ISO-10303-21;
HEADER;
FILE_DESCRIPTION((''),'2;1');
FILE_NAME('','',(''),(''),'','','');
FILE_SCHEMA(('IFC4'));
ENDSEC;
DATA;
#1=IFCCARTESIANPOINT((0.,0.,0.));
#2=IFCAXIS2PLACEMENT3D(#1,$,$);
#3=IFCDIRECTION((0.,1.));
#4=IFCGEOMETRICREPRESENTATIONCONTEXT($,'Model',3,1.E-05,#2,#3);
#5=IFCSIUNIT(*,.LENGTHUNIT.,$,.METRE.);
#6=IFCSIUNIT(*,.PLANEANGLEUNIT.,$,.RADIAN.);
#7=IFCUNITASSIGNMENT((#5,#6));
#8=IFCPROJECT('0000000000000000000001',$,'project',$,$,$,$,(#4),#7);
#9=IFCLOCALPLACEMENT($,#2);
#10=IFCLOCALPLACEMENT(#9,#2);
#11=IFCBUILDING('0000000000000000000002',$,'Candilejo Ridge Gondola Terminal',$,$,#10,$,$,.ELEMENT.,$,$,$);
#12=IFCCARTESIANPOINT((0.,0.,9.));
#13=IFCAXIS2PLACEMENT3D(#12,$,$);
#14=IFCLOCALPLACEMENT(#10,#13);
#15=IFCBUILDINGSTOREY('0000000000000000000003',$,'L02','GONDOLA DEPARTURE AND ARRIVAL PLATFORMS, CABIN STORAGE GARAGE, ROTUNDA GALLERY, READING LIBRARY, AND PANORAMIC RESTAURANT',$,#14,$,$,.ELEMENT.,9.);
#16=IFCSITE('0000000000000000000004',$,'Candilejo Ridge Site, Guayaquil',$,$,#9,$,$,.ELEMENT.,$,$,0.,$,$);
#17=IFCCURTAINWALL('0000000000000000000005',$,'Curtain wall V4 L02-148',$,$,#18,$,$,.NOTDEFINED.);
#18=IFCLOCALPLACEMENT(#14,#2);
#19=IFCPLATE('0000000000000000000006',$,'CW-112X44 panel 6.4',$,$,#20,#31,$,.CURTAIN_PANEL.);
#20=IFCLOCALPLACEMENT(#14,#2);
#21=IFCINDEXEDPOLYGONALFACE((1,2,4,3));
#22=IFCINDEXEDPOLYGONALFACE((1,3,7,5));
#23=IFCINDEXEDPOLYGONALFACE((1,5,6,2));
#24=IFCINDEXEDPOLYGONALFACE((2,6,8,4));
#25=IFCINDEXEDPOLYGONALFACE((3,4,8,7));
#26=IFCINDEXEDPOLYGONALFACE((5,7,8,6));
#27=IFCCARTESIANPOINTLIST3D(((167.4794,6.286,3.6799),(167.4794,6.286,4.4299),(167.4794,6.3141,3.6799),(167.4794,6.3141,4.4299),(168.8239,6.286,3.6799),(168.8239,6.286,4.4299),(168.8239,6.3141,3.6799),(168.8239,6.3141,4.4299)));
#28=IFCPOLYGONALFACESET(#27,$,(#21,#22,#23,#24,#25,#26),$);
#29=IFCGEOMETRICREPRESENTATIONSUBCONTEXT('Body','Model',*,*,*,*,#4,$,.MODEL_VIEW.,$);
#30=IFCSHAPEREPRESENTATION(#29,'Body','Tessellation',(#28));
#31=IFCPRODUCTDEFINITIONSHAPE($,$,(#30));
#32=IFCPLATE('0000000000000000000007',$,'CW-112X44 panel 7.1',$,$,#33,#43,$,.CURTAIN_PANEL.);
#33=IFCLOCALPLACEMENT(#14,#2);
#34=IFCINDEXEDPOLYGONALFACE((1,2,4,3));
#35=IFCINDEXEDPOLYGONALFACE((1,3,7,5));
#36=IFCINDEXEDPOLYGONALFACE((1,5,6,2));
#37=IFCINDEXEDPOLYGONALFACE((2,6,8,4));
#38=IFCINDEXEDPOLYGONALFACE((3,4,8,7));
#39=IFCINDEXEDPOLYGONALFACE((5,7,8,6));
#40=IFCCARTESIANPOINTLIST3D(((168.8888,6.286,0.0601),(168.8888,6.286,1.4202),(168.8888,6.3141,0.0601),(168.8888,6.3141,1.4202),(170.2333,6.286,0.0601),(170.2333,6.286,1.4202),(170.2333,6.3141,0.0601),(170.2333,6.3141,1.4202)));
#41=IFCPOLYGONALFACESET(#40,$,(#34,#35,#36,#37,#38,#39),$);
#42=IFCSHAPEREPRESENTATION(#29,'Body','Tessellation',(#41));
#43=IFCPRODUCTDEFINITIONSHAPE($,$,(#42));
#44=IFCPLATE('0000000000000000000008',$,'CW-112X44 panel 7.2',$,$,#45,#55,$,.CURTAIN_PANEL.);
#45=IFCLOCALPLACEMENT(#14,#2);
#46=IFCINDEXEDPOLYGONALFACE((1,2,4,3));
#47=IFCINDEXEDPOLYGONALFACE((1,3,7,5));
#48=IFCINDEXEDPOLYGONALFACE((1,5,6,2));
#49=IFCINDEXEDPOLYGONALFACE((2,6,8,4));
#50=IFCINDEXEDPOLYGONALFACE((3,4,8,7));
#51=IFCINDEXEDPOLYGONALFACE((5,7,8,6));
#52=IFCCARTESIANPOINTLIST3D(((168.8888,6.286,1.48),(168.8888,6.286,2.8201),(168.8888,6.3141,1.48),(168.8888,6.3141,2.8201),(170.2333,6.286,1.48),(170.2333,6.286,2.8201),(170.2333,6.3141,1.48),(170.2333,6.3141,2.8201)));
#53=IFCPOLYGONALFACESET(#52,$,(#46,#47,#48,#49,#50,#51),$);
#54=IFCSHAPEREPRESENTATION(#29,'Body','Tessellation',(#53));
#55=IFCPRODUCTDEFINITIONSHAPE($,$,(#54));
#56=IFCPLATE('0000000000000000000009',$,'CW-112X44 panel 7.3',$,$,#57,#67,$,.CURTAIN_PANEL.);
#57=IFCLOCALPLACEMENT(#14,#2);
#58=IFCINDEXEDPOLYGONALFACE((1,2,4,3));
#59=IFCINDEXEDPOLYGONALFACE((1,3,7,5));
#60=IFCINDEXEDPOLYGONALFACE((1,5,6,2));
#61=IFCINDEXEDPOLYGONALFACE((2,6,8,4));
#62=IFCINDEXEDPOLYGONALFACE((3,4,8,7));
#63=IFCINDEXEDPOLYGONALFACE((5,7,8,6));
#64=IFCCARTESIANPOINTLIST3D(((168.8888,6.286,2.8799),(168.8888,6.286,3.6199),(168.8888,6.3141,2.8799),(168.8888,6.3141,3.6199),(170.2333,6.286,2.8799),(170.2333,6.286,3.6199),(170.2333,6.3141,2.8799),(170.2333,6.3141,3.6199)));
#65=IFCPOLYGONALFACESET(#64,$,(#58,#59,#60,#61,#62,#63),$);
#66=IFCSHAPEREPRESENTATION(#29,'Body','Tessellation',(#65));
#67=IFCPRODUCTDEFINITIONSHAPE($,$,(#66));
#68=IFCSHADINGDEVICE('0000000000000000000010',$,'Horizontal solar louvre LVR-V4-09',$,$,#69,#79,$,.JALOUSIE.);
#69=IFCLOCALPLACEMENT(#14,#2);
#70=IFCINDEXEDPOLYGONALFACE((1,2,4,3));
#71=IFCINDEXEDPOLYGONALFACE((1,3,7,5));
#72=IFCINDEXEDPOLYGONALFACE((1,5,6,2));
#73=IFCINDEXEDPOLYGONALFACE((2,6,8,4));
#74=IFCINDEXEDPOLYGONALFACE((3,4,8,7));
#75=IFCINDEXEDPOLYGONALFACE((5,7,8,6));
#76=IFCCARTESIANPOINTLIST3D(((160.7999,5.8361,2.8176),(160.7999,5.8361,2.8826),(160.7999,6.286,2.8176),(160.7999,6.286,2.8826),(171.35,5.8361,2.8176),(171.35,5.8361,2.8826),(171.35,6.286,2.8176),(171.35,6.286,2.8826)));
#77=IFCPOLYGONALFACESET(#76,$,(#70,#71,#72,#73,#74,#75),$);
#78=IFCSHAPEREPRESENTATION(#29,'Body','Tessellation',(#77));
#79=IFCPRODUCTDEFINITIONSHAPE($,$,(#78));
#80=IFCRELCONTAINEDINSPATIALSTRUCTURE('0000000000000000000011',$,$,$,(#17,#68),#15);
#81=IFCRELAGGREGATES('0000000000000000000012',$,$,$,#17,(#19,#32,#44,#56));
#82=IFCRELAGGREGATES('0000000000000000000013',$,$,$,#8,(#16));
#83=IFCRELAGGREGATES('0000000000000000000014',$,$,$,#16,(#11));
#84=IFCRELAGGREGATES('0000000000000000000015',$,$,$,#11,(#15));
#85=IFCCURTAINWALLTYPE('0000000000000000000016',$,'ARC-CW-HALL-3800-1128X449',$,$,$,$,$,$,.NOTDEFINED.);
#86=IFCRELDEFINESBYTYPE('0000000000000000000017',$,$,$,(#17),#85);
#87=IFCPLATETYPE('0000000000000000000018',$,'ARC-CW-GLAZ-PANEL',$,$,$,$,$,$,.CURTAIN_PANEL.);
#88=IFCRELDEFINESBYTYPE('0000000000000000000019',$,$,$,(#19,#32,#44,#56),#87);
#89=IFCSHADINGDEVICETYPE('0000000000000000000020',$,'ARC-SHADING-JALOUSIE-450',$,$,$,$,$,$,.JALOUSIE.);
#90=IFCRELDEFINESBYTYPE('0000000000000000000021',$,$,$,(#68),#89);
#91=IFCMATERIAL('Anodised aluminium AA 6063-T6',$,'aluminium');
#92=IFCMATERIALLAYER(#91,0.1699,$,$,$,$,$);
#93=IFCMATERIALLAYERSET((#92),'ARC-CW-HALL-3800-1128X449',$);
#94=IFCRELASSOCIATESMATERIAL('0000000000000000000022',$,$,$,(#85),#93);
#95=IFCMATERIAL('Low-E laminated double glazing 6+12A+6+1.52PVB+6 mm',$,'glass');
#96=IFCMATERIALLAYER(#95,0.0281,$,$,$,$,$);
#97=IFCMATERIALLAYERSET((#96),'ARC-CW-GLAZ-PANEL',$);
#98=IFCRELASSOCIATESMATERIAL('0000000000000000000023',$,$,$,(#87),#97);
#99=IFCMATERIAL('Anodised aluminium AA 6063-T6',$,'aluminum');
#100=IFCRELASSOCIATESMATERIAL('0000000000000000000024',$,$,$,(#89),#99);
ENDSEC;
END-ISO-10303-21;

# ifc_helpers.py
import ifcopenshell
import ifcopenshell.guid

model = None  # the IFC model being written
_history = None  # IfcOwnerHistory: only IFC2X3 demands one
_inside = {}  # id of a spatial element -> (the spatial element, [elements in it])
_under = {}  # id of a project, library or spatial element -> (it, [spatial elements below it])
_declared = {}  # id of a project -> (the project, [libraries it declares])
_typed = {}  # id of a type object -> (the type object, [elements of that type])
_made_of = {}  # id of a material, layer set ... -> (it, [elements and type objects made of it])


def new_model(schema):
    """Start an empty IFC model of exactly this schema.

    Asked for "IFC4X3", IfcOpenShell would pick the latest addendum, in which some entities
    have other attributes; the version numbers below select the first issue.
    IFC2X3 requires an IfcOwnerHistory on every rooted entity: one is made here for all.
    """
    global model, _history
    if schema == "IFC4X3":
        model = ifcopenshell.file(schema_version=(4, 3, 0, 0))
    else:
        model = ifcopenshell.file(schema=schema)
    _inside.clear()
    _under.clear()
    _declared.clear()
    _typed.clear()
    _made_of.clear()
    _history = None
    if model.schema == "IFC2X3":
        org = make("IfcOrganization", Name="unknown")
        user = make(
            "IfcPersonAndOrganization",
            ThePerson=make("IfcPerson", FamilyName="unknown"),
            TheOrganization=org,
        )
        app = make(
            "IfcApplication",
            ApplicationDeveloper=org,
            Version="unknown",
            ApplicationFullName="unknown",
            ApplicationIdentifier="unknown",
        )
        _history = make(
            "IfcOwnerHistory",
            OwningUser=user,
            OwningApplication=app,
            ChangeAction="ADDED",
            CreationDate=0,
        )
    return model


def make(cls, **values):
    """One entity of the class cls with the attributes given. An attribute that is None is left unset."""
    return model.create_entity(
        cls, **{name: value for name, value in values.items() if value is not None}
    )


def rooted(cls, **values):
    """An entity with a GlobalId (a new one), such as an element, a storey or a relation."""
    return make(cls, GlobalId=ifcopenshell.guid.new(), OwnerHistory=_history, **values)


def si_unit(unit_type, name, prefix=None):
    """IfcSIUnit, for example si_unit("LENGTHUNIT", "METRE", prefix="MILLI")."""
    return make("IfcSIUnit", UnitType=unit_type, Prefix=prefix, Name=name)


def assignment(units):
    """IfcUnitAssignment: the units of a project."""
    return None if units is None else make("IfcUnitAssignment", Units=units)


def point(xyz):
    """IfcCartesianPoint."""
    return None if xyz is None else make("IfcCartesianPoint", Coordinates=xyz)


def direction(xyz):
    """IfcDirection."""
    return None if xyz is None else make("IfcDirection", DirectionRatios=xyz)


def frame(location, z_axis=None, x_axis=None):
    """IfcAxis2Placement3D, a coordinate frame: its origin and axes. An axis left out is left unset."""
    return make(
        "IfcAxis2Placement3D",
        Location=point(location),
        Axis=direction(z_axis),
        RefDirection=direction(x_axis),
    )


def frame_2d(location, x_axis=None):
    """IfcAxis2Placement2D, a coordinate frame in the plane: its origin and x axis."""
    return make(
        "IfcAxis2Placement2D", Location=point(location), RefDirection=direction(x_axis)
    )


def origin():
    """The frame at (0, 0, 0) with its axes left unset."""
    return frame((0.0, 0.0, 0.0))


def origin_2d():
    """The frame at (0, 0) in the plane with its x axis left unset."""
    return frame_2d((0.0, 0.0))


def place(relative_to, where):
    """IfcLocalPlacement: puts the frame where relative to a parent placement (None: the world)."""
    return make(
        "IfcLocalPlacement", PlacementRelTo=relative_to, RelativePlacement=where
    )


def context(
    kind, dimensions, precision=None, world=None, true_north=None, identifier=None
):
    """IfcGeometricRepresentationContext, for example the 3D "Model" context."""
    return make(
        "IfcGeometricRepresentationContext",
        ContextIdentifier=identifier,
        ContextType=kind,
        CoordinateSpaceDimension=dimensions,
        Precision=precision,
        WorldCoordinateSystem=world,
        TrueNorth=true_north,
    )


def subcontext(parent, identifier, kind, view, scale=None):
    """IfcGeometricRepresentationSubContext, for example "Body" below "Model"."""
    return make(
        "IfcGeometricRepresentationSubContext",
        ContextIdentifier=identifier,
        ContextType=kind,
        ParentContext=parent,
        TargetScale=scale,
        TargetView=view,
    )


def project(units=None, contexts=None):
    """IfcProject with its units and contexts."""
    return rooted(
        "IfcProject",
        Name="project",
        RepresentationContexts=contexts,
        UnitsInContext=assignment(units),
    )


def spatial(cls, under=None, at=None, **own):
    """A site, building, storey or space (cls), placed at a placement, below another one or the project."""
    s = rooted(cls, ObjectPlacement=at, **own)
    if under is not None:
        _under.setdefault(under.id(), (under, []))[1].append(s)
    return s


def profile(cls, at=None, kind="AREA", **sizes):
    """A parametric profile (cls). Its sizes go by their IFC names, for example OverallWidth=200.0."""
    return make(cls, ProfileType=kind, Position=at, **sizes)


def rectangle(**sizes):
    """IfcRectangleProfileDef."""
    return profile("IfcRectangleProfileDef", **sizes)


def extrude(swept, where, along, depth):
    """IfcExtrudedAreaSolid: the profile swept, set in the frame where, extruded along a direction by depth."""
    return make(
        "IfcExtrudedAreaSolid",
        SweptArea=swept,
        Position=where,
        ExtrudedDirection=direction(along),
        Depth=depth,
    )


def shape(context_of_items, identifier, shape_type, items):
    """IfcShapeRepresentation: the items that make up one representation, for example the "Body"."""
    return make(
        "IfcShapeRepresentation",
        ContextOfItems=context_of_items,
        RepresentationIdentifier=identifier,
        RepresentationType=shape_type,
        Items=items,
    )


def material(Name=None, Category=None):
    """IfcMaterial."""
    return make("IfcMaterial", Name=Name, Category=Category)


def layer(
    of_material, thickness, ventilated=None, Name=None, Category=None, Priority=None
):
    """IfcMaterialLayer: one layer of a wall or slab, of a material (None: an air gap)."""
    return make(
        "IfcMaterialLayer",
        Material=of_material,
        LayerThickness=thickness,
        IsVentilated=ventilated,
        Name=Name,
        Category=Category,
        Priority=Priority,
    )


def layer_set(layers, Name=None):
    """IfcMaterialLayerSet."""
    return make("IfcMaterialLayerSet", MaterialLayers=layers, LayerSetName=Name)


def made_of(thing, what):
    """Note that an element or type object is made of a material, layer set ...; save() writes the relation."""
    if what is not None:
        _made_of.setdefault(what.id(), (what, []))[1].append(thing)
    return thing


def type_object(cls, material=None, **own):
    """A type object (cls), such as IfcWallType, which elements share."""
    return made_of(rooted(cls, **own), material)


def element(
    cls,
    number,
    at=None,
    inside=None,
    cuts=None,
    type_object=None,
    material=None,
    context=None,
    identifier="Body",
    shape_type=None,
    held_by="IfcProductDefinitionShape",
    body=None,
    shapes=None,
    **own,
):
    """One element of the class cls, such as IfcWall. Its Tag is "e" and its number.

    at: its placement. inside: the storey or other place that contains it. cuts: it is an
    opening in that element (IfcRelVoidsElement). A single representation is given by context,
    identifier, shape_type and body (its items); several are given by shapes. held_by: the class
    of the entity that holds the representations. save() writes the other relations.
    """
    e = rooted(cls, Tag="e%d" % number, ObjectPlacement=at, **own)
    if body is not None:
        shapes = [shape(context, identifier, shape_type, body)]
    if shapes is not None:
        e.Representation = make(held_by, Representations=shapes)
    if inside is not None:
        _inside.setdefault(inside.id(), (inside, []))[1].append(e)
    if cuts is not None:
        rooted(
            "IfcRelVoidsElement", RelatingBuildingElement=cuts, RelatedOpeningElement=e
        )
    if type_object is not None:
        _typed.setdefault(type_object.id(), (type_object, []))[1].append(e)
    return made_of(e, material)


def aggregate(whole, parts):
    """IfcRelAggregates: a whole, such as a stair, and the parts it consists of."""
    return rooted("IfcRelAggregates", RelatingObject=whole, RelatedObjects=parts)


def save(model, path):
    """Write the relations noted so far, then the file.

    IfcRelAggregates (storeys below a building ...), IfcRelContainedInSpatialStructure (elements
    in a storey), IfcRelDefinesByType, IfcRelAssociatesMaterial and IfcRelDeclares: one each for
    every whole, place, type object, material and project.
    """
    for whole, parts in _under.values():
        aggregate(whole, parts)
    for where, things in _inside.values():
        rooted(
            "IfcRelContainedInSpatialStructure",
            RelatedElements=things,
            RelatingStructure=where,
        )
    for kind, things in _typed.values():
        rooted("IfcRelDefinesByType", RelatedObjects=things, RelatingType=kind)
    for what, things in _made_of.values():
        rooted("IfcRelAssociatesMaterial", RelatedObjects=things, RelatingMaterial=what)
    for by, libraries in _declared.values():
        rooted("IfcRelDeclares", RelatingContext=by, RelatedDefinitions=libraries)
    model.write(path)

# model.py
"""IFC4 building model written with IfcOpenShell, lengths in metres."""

from ifc_helpers import new_model, si_unit, direction, frame, origin, origin_2d, place, context, subcontext, project, spatial, rectangle, extrude, material, layer, layer_set, type_object, element, aggregate, save


model = new_model("IFC4")

# Units and contexts
model_context = context("Model", 3, precision=1e-05, world=origin(), true_north=direction((0.0, 1.0)))
body_context = subcontext(model_context, "Body", "Model", "MODEL_VIEW")
ifc_project = project(units=[si_unit("LENGTHUNIT", "METRE"), si_unit("PLANEANGLEUNIT", "RADIAN")], contexts=[model_context])

# Site, building, storey
site_placement = place(None, origin())
site = spatial("IfcSite", under=ifc_project, at=site_placement, Name="Candilejo Ridge Site, Guayaquil", CompositionType="ELEMENT", RefElevation=0.0)
building_placement = place(site_placement, origin())
building = spatial("IfcBuilding", under=site, at=building_placement, Name="Candilejo Ridge Gondola Terminal", CompositionType="ELEMENT")
storey_placement = place(building_placement, frame((0.0, 0.0, 9.0)))
storey = spatial("IfcBuildingStorey", under=building, at=storey_placement, Name="L02", Description="GONDOLA DEPARTURE AND ARRIVAL PLATFORMS, CABIN STORAGE GARAGE, ROTUNDA GALLERY, READING LIBRARY, AND PANORAMIC RESTAURANT", CompositionType="ELEMENT", Elevation=9.0)

# Curtain wall, plates
ifc_material_1 = material(Name="Anodised aluminium AA 6063-T6", Category="aluminium")
ifc_layer_1 = layer(ifc_material_1, 0.1699)
ifc_layer_set_1 = layer_set([ifc_layer_1], Name="ARC-CW-HALL-3800-1128X449")
curtain_wall_type = type_object("IfcCurtainWallType", Name="ARC-CW-HALL-3800-1128X449", PredefinedType="NOTDEFINED", material=ifc_layer_set_1)
curtain_wall_placement = place(storey_placement, origin())
curtain_wall = element("IfcCurtainWall", 1, at=curtain_wall_placement, inside=storey, type_object=curtain_wall_type, Name="Curtain wall V4 L02-148", PredefinedType="NOTDEFINED")
ifc_material_2 = material(Name="Low-E laminated double glazing 6+12A+6+1.52PVB+6 mm", Category="glass")
ifc_layer_2 = layer(ifc_material_2, 0.0281)
ifc_layer_set_2 = layer_set([ifc_layer_2], Name="ARC-CW-GLAZ-PANEL")
plate_type = type_object("IfcPlateType", Name="ARC-CW-GLAZ-PANEL", PredefinedType="CURTAIN_PANEL", material=ifc_layer_set_2)
plate_1_placement = place(storey_placement, frame((168.1516, 6.3, 3.6799), z_axis=(0.0, 0.0, 1.0), x_axis=(1.0, 0.0, 0.0)))
plate_1 = element("IfcPlate", 2, at=plate_1_placement, type_object=plate_type, Name="CW-112X44 panel 6.4", PredefinedType="CURTAIN_PANEL", context=body_context, shape_type="SweptSolid", body=[
    extrude(rectangle(XDim=1.3445, YDim=0.0281, at=origin_2d()), origin(), (0.0, 0.0, 1.0), 0.75),
])
plate_2_placement = place(storey_placement, frame((169.561, 6.3, 0.0601), z_axis=(0.0, 0.0, 1.0), x_axis=(1.0, 0.0, 0.0)))
plate_2 = element("IfcPlate", 3, at=plate_2_placement, type_object=plate_type, Name="CW-112X44 panel 7.1", PredefinedType="CURTAIN_PANEL", context=body_context, shape_type="SweptSolid", body=[
    extrude(rectangle(XDim=1.3445, YDim=0.0281, at=origin_2d()), origin(), (0.0, 0.0, 1.0), 1.3601),
])
plate_3_placement = place(storey_placement, frame((169.561, 6.3, 1.48), z_axis=(0.0, 0.0, 1.0), x_axis=(1.0, 0.0, 0.0)))
plate_3 = element("IfcPlate", 4, at=plate_3_placement, type_object=plate_type, Name="CW-112X44 panel 7.2", PredefinedType="CURTAIN_PANEL", context=body_context, shape_type="SweptSolid", body=[
    extrude(rectangle(XDim=1.3445, YDim=0.0281, at=origin_2d()), origin(), (0.0, 0.0, 1.0), 1.3401),
])
plate_4_placement = place(storey_placement, frame((169.561, 6.3, 2.8799), z_axis=(0.0, 0.0, 1.0), x_axis=(1.0, 0.0, 0.0)))
plate_4 = element("IfcPlate", 5, at=plate_4_placement, type_object=plate_type, Name="CW-112X44 panel 7.3", PredefinedType="CURTAIN_PANEL", context=body_context, shape_type="SweptSolid", body=[
    extrude(rectangle(XDim=1.3445, YDim=0.0281, at=origin_2d()), origin(), (0.0, 0.0, 1.0), 0.74),
])
aggregate(curtain_wall, [plate_1, plate_2, plate_3, plate_4])

# Shading device
ifc_material_3 = material(Name="Anodised aluminium AA 6063-T6", Category="aluminum")
shading_device_type = type_object("IfcShadingDeviceType", Name="ARC-SHADING-JALOUSIE-450", PredefinedType="JALOUSIE", material=ifc_material_3)
shading_device_placement = place(storey_placement, frame((166.075, 6.061, 2.8176)))
element("IfcShadingDevice", 6, at=shading_device_placement, inside=storey, type_object=shading_device_type, Name="Horizontal solar louvre LVR-V4-09", PredefinedType="JALOUSIE", context=body_context, shape_type="SweptSolid", body=[
    extrude(rectangle(XDim=10.55, YDim=0.45, at=origin_2d()), origin(), (0.0, 0.0, 1.0), 0.0649),
])

save(model, "model.ifc")
